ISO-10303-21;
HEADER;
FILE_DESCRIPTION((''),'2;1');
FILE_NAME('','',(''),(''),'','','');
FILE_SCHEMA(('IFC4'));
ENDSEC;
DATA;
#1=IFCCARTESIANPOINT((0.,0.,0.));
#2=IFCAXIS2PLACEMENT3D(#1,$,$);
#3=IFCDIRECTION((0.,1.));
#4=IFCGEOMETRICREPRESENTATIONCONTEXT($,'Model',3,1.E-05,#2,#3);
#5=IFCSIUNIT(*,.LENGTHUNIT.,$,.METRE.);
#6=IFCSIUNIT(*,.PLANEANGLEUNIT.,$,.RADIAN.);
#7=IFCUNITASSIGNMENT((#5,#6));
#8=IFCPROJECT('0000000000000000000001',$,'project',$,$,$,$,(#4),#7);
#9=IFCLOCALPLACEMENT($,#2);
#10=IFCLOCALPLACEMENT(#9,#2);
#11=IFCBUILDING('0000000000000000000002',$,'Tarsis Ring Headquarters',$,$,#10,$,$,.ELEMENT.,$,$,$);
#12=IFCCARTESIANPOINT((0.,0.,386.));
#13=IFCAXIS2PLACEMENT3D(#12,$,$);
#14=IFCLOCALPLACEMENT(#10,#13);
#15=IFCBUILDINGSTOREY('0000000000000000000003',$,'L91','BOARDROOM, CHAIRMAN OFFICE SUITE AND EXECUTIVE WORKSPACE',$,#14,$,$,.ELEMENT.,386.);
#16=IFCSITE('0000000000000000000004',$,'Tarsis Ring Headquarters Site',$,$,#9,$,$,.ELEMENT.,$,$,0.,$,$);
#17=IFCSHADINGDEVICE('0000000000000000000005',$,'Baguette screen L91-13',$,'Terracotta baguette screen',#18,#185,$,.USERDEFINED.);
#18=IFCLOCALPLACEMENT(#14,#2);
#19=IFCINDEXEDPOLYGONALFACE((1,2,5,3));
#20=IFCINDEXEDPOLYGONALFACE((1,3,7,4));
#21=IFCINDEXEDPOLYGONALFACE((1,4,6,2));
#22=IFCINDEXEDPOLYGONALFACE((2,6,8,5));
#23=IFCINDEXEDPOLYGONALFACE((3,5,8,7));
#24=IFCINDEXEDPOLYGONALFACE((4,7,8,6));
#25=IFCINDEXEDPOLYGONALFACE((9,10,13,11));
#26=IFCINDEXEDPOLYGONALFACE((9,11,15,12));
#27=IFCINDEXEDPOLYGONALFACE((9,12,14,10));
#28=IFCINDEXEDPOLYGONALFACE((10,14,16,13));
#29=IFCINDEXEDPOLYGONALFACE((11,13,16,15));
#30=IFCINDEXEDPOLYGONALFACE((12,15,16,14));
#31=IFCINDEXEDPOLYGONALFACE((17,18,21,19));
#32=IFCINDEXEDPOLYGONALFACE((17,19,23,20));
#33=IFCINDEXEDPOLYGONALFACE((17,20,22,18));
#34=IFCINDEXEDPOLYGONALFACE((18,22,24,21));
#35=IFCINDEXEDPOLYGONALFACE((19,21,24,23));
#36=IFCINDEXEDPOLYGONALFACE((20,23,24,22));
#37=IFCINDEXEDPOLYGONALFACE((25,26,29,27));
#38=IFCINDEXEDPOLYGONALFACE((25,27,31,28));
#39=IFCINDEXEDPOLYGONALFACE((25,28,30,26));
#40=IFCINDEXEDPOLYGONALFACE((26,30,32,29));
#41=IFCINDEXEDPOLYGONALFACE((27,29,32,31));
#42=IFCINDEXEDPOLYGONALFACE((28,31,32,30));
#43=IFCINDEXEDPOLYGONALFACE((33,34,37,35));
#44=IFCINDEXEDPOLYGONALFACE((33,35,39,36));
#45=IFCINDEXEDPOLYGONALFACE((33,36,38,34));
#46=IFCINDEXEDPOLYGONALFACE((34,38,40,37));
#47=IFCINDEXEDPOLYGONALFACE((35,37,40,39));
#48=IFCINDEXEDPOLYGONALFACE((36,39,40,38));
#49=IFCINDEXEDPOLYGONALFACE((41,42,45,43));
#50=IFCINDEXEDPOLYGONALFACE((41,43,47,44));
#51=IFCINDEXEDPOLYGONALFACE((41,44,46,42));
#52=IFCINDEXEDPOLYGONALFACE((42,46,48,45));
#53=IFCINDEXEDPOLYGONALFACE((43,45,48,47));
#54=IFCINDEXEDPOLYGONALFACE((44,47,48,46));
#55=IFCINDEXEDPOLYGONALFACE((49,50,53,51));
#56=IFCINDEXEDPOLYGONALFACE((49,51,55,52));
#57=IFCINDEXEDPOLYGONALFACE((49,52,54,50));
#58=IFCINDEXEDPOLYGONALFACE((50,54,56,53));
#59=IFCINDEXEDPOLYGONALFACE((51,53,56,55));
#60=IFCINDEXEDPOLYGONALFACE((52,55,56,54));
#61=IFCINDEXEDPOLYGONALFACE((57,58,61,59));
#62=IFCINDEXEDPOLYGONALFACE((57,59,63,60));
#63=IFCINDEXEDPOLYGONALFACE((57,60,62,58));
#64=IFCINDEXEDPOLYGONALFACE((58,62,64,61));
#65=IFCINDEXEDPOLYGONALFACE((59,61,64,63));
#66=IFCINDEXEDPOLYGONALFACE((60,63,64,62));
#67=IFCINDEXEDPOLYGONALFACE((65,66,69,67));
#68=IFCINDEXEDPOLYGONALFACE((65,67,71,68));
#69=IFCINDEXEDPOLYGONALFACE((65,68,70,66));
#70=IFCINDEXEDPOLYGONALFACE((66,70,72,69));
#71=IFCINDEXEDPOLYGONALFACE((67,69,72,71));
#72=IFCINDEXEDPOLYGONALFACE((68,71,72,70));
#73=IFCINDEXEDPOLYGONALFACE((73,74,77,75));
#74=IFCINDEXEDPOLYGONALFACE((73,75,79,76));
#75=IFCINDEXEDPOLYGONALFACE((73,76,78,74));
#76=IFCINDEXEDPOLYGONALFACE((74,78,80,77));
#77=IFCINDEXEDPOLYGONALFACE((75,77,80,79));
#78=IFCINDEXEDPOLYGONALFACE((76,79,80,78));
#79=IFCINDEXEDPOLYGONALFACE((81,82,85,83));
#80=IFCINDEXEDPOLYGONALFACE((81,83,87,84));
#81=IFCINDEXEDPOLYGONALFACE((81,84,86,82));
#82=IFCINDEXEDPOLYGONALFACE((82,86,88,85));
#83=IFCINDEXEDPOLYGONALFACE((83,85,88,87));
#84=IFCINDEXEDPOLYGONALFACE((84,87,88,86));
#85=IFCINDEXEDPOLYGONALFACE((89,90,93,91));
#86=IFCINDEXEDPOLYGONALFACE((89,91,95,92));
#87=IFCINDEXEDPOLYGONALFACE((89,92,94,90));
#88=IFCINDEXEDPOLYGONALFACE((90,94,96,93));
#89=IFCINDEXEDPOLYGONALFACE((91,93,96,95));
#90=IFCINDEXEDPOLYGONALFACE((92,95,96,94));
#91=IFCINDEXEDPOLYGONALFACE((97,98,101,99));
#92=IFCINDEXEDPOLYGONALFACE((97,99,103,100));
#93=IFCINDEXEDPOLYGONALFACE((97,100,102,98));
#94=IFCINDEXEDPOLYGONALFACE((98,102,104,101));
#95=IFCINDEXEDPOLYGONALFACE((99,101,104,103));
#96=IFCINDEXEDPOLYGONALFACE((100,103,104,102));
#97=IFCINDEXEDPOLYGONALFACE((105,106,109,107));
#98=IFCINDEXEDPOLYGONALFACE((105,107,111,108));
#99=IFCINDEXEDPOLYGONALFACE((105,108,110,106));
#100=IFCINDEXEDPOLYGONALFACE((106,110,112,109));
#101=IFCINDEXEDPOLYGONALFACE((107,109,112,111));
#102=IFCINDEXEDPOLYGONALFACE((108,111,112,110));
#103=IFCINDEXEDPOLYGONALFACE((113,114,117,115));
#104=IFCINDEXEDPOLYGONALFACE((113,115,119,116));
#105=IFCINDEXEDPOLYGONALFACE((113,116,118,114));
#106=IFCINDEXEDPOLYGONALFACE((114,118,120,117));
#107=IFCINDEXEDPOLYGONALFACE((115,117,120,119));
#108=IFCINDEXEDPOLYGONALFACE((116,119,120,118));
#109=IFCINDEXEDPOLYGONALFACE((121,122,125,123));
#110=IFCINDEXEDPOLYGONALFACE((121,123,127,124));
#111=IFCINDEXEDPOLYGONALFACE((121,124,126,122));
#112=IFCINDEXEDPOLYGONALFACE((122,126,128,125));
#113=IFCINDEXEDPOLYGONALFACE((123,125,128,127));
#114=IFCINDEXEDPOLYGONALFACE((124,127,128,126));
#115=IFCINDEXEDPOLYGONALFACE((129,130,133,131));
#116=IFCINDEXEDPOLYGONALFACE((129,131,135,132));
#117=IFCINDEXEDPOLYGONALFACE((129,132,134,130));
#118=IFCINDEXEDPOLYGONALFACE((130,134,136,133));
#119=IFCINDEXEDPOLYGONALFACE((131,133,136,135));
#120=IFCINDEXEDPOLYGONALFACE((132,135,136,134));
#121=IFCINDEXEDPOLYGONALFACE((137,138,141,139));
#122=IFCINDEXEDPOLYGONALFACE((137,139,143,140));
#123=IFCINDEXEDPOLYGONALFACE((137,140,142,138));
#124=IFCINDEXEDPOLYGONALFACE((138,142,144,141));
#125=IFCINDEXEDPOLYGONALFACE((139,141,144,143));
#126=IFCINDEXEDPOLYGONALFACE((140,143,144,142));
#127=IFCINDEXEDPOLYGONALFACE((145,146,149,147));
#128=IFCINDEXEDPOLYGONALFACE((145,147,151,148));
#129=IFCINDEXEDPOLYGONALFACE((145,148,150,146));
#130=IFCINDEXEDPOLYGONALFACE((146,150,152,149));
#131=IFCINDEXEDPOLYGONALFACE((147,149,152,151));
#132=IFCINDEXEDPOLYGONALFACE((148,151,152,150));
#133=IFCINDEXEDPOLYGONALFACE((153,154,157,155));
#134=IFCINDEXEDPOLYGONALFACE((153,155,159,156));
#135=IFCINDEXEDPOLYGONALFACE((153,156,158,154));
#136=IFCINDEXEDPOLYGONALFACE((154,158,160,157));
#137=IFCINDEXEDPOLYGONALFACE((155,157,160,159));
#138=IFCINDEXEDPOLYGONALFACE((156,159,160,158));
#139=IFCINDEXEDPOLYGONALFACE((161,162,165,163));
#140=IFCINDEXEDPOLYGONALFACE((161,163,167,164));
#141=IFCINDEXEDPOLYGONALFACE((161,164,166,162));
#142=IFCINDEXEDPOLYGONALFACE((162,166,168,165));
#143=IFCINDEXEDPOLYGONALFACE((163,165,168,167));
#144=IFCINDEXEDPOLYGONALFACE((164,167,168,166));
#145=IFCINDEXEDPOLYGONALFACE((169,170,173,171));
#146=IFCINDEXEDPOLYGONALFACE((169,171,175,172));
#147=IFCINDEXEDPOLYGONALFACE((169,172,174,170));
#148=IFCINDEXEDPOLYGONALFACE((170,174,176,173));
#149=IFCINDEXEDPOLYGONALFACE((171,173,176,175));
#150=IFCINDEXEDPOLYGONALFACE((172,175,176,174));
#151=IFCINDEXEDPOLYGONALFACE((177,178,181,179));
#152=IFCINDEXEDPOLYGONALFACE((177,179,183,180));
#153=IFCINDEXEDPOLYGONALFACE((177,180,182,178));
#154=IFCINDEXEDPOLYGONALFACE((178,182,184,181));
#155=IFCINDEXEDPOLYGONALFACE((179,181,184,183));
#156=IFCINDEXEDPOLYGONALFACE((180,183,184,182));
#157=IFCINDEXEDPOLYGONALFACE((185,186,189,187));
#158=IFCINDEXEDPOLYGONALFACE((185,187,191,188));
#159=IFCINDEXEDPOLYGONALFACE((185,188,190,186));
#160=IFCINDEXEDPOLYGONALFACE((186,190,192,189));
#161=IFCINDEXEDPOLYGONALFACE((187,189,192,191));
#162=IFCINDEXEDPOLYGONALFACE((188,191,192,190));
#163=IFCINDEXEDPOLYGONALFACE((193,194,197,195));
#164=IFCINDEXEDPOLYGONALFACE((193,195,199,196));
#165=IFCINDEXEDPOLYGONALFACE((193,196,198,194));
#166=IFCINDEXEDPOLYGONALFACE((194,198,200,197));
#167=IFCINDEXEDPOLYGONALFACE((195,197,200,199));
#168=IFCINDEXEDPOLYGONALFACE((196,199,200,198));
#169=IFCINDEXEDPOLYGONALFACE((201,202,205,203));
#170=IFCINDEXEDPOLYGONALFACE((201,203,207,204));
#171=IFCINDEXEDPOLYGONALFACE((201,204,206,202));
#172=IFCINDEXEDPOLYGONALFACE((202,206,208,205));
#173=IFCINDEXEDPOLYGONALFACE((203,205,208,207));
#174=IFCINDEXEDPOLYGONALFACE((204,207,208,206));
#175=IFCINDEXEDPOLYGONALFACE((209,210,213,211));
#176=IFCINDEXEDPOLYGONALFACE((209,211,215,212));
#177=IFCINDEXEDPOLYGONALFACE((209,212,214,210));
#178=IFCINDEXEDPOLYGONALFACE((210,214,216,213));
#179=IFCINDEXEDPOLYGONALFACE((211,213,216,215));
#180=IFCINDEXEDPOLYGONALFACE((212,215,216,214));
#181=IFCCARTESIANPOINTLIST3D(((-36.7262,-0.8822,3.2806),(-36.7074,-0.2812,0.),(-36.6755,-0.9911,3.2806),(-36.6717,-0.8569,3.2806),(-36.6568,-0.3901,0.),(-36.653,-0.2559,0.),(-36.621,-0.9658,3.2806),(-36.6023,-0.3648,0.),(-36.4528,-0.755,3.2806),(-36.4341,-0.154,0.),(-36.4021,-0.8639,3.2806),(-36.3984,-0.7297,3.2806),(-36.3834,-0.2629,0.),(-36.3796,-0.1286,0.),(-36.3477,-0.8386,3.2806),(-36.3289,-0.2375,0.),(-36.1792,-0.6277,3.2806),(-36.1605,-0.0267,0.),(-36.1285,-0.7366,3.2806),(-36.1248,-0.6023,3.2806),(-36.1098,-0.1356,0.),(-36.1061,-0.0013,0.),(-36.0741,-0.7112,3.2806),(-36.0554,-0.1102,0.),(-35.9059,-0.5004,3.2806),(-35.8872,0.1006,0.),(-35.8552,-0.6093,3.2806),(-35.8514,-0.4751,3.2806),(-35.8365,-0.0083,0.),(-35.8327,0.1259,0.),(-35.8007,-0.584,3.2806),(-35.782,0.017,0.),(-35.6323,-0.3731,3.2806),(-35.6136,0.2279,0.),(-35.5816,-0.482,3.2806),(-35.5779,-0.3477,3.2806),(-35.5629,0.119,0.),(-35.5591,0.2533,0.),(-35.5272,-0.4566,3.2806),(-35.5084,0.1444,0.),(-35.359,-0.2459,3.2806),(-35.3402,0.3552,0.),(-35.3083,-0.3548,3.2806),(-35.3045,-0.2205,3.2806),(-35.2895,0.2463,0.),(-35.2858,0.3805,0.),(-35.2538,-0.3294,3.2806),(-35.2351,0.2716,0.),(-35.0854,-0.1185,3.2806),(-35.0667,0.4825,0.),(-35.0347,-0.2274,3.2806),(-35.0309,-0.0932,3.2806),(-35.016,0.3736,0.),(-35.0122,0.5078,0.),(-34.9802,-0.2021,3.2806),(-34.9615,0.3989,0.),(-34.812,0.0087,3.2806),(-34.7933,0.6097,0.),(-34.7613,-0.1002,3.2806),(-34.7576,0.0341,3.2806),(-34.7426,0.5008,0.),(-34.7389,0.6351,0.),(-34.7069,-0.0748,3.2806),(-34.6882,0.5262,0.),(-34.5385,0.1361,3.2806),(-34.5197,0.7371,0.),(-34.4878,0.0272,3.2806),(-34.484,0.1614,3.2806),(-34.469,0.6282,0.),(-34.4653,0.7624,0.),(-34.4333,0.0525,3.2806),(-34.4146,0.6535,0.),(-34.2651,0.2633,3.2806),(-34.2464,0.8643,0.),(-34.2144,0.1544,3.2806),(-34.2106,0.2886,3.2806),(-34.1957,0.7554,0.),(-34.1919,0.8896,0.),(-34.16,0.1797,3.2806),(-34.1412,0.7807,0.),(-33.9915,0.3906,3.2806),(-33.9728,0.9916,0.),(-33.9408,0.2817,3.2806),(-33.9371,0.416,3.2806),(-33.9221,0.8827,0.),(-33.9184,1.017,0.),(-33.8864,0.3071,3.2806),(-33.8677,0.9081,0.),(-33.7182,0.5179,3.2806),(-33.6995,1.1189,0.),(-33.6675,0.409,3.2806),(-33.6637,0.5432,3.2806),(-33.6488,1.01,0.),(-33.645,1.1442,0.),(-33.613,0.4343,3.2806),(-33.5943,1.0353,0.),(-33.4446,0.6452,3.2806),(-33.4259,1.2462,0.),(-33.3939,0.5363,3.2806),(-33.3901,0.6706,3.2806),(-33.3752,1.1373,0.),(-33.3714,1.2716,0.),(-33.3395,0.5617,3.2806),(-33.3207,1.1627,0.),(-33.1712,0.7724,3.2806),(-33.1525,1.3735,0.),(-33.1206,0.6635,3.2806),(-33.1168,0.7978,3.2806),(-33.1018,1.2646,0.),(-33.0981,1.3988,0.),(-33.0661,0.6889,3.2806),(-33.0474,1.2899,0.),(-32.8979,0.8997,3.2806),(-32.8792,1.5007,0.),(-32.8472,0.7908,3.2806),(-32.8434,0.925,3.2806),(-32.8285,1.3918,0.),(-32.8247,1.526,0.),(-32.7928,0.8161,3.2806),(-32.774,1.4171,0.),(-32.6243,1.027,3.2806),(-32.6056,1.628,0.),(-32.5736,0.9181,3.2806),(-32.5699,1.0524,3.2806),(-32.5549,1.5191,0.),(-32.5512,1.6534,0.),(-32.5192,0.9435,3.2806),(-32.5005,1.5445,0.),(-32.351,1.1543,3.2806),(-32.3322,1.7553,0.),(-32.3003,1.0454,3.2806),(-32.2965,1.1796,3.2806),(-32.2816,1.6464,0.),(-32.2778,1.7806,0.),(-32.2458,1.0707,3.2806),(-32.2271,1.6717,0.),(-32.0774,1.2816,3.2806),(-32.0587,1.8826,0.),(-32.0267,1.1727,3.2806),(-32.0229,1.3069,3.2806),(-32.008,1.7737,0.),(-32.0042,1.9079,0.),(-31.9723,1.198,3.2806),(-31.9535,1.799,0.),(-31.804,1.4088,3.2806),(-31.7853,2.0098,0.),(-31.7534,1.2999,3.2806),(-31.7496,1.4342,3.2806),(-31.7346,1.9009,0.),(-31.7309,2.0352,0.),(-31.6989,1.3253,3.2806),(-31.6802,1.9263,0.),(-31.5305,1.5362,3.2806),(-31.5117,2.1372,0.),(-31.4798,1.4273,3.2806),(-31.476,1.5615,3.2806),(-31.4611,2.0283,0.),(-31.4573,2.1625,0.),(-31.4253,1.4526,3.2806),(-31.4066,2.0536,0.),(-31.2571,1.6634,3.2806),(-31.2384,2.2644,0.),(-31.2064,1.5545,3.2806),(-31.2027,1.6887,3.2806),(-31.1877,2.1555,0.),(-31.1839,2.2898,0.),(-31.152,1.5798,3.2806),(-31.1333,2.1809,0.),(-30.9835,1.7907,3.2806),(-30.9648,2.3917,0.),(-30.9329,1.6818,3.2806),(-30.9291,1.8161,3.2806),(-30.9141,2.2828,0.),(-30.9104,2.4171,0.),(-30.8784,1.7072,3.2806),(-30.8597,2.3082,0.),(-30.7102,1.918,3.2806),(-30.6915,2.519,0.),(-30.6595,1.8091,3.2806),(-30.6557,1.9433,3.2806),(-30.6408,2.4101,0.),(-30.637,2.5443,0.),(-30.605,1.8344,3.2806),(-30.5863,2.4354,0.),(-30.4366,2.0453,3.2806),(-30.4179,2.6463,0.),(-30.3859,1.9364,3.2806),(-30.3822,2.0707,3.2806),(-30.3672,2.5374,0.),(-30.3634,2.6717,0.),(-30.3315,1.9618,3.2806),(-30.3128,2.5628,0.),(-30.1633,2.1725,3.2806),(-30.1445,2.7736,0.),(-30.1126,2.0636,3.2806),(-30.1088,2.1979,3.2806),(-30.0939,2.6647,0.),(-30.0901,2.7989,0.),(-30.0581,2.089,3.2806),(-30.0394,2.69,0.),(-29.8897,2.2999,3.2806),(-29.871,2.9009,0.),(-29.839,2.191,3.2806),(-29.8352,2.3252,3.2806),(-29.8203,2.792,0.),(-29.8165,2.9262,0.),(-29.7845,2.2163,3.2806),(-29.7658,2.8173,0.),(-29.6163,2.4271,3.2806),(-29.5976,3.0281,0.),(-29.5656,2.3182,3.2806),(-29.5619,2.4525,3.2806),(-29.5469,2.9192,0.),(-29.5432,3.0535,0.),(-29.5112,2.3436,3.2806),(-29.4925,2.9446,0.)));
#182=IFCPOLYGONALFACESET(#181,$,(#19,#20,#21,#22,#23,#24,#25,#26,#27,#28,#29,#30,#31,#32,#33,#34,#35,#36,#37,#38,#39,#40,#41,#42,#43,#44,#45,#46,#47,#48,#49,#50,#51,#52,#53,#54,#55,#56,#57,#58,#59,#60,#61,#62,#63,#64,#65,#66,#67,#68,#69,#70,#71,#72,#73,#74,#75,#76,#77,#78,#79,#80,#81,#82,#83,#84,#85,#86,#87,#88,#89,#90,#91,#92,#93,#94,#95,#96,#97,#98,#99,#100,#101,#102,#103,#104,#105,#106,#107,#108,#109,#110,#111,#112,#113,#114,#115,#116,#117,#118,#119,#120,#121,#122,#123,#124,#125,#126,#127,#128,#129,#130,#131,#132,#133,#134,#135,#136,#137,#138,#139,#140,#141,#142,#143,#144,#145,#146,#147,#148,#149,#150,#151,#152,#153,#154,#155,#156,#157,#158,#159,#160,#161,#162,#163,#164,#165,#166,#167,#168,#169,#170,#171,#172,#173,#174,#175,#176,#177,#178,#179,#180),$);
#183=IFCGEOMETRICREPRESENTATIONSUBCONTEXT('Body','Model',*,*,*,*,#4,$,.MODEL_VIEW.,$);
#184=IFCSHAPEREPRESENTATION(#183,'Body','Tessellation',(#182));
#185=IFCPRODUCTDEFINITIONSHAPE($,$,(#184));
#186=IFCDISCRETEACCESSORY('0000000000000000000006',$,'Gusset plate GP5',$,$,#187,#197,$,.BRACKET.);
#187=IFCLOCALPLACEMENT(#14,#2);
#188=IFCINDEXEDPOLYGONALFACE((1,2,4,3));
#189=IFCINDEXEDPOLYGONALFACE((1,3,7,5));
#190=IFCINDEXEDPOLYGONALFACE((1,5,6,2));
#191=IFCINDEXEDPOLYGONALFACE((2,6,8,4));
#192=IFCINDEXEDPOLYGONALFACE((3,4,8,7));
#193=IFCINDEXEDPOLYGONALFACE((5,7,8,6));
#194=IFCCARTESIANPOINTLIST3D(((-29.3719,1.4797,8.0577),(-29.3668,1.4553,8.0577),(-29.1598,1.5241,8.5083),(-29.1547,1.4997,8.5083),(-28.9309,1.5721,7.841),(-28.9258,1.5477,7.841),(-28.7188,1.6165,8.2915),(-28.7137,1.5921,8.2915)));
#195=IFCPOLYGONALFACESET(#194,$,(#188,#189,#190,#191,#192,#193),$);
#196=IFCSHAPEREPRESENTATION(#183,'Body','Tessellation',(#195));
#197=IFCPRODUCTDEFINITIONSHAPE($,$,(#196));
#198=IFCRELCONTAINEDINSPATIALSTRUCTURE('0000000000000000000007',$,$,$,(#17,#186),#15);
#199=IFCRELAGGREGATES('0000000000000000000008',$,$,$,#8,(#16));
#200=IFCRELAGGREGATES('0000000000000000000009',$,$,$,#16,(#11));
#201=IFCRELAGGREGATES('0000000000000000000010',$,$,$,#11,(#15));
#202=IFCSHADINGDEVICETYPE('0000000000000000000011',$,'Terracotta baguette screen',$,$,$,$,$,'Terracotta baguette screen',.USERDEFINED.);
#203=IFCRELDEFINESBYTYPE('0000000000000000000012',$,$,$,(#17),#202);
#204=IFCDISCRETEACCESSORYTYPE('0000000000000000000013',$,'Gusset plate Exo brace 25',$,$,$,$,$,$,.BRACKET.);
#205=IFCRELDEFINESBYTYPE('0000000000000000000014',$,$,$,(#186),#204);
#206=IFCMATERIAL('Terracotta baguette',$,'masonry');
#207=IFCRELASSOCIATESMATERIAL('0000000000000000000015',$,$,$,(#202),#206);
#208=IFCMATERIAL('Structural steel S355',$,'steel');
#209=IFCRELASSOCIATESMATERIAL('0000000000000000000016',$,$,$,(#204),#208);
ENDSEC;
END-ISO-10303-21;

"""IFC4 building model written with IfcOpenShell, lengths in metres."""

from ifc_helpers import new_model, si_unit, direction, frame, frame_2d, origin, origin_2d, place, context, subcontext, project, spatial, rectangle, composite_profile, extrude, material, material_profile, profile_set, type_object, element, save


model = new_model("IFC4")

# Units and contexts
model_context = context("Model", 3, precision=1e-05, world=origin(), true_north=direction((0.0, 1.0)))
body_context = subcontext(model_context, "Body", "Model", "MODEL_VIEW")
ifc_project = project(units=[si_unit("LENGTHUNIT", "METRE"), si_unit("PLANEANGLEUNIT", "RADIAN")], contexts=[model_context])

# Site, building, storey
site_placement = place(None, origin())
site = spatial("IfcSite", under=ifc_project, at=site_placement, Name="Tarsis Ring Headquarters Site", CompositionType="ELEMENT", RefElevation=0.0)
building_placement = place(site_placement, origin())
building = spatial("IfcBuilding", under=site, at=building_placement, Name="Tarsis Ring Headquarters", CompositionType="ELEMENT")
storey_placement = place(building_placement, frame((0.0, 0.0, 386.0)))
storey = spatial("IfcBuildingStorey", under=building, at=storey_placement, Name="L91", Description="BOARDROOM, CHAIRMAN OFFICE SUITE AND EXECUTIVE WORKSPACE", CompositionType="ELEMENT", Elevation=386.0)

# Shared definitions
ifc_material_1 = material(Name="Structural steel S355", Category="steel")

# Shading device
ifc_material_2 = material(Name="Terracotta baguette", Category="masonry")
shading_device_type = type_object("IfcShadingDeviceType", Name="Terracotta baguette screen", ElementType="Terracotta baguette screen", PredefinedType="USERDEFINED", material=ifc_material_2)
shading_device_placement = place(storey_placement, frame((-29.5178, 2.999, 0.0), z_axis=(0.0, 0.0, 1.0), x_axis=(-0.906605, -0.421991, 0.0)))
element("IfcShadingDevice", 1, at=shading_device_placement, inside=storey, type_object=shading_device_type, Name="Baguette screen L91-13", ObjectType="Terracotta baguette screen", PredefinedType="USERDEFINED", context=body_context, shape_type="SweptSolid", body=[
    extrude(composite_profile([rectangle(XDim=0.0601, YDim=0.1201, at=frame_2d((0.03, 0.0))), rectangle(XDim=0.0601, YDim=0.1201, at=frame_2d((0.3315, 0.0))), rectangle(XDim=0.0601, YDim=0.1201, at=frame_2d((0.6333, 0.0))), rectangle(XDim=0.0601, YDim=0.1201, at=frame_2d((0.9348, 0.0))), rectangle(XDim=0.0601, YDim=0.1201, at=frame_2d((1.2366, 0.0))), rectangle(XDim=0.0601, YDim=0.1201, at=frame_2d((1.5381, 0.0))), rectangle(XDim=0.0601, YDim=0.1201, at=frame_2d((1.8398, 0.0))), rectangle(XDim=0.0601, YDim=0.1201, at=frame_2d((2.1414, 0.0))), rectangle(XDim=0.0601, YDim=0.1201, at=frame_2d((2.4431, 0.0))), rectangle(XDim=0.0601, YDim=0.1201, at=frame_2d((2.7446, 0.0))), rectangle(XDim=0.0601, YDim=0.1201, at=frame_2d((3.0464, 0.0))), rectangle(XDim=0.0601, YDim=0.1201, at=frame_2d((3.3479, 0.0))), rectangle(XDim=0.0601, YDim=0.1201, at=frame_2d((3.6497, 0.0))), rectangle(XDim=0.0601, YDim=0.1201, at=frame_2d((3.9512, 0.0))), rectangle(XDim=0.0601, YDim=0.1201, at=frame_2d((4.2527, 0.0))), rectangle(XDim=0.0601, YDim=0.1201, at=frame_2d((4.5544, 0.0))), rectangle(XDim=0.0601, YDim=0.1201, at=frame_2d((4.856, 0.0))), rectangle(XDim=0.0601, YDim=0.1201, at=frame_2d((5.1577, 0.0))), rectangle(XDim=0.0601, YDim=0.1201, at=frame_2d((5.4592, 0.0))), rectangle(XDim=0.0601, YDim=0.1201, at=frame_2d((5.761, 0.0))), rectangle(XDim=0.0601, YDim=0.1201, at=frame_2d((6.0625, 0.0))), rectangle(XDim=0.0601, YDim=0.1201, at=frame_2d((6.3643, 0.0))), rectangle(XDim=0.0601, YDim=0.1201, at=frame_2d((6.6658, 0.0))), rectangle(XDim=0.0601, YDim=0.1201, at=frame_2d((6.9675, 0.0))), rectangle(XDim=0.0601, YDim=0.1201, at=frame_2d((7.269, 0.0))), rectangle(XDim=0.0601, YDim=0.1201, at=frame_2d((7.5708, 0.0))), rectangle(XDim=0.0601, YDim=0.1201, at=frame_2d((7.8723, 0.0)))]), origin(), (0.081131, 0.161002, 0.983614), 3.3352),
])

# Discrete accessory
ifc_material_profile_1 = material_profile(ifc_material_1, rectangle(XDim=0.0249, YDim=0.5, at=origin_2d()), Name="PL 25x500")
ifc_profile_set_1 = profile_set([ifc_material_profile_1], Name="Structural steel S355")
discrete_accessory_type = type_object("IfcDiscreteAccessoryType", Name="Gusset plate Exo brace 25", PredefinedType="BRACKET", material=ifc_profile_set_1)
discrete_accessory_placement = place(storey_placement, frame((-28.9368, 1.5581, 8.3999), z_axis=(-0.424231, -0.088849, -0.901185), x_axis=(0.204989, -0.978764, 0.0)))
element("IfcDiscreteAccessory", 2, at=discrete_accessory_placement, inside=storey, type_object=discrete_accessory_type, Name="Gusset plate GP5", PredefinedType="BRACKET", context=body_context, shape_type="SweptSolid", body=[
    extrude(rectangle(XDim=0.0249, YDim=0.5, at=origin_2d()), origin(), (0.0, 0.0, 1.0), 0.5),
])

save(model, "model.ifc")
